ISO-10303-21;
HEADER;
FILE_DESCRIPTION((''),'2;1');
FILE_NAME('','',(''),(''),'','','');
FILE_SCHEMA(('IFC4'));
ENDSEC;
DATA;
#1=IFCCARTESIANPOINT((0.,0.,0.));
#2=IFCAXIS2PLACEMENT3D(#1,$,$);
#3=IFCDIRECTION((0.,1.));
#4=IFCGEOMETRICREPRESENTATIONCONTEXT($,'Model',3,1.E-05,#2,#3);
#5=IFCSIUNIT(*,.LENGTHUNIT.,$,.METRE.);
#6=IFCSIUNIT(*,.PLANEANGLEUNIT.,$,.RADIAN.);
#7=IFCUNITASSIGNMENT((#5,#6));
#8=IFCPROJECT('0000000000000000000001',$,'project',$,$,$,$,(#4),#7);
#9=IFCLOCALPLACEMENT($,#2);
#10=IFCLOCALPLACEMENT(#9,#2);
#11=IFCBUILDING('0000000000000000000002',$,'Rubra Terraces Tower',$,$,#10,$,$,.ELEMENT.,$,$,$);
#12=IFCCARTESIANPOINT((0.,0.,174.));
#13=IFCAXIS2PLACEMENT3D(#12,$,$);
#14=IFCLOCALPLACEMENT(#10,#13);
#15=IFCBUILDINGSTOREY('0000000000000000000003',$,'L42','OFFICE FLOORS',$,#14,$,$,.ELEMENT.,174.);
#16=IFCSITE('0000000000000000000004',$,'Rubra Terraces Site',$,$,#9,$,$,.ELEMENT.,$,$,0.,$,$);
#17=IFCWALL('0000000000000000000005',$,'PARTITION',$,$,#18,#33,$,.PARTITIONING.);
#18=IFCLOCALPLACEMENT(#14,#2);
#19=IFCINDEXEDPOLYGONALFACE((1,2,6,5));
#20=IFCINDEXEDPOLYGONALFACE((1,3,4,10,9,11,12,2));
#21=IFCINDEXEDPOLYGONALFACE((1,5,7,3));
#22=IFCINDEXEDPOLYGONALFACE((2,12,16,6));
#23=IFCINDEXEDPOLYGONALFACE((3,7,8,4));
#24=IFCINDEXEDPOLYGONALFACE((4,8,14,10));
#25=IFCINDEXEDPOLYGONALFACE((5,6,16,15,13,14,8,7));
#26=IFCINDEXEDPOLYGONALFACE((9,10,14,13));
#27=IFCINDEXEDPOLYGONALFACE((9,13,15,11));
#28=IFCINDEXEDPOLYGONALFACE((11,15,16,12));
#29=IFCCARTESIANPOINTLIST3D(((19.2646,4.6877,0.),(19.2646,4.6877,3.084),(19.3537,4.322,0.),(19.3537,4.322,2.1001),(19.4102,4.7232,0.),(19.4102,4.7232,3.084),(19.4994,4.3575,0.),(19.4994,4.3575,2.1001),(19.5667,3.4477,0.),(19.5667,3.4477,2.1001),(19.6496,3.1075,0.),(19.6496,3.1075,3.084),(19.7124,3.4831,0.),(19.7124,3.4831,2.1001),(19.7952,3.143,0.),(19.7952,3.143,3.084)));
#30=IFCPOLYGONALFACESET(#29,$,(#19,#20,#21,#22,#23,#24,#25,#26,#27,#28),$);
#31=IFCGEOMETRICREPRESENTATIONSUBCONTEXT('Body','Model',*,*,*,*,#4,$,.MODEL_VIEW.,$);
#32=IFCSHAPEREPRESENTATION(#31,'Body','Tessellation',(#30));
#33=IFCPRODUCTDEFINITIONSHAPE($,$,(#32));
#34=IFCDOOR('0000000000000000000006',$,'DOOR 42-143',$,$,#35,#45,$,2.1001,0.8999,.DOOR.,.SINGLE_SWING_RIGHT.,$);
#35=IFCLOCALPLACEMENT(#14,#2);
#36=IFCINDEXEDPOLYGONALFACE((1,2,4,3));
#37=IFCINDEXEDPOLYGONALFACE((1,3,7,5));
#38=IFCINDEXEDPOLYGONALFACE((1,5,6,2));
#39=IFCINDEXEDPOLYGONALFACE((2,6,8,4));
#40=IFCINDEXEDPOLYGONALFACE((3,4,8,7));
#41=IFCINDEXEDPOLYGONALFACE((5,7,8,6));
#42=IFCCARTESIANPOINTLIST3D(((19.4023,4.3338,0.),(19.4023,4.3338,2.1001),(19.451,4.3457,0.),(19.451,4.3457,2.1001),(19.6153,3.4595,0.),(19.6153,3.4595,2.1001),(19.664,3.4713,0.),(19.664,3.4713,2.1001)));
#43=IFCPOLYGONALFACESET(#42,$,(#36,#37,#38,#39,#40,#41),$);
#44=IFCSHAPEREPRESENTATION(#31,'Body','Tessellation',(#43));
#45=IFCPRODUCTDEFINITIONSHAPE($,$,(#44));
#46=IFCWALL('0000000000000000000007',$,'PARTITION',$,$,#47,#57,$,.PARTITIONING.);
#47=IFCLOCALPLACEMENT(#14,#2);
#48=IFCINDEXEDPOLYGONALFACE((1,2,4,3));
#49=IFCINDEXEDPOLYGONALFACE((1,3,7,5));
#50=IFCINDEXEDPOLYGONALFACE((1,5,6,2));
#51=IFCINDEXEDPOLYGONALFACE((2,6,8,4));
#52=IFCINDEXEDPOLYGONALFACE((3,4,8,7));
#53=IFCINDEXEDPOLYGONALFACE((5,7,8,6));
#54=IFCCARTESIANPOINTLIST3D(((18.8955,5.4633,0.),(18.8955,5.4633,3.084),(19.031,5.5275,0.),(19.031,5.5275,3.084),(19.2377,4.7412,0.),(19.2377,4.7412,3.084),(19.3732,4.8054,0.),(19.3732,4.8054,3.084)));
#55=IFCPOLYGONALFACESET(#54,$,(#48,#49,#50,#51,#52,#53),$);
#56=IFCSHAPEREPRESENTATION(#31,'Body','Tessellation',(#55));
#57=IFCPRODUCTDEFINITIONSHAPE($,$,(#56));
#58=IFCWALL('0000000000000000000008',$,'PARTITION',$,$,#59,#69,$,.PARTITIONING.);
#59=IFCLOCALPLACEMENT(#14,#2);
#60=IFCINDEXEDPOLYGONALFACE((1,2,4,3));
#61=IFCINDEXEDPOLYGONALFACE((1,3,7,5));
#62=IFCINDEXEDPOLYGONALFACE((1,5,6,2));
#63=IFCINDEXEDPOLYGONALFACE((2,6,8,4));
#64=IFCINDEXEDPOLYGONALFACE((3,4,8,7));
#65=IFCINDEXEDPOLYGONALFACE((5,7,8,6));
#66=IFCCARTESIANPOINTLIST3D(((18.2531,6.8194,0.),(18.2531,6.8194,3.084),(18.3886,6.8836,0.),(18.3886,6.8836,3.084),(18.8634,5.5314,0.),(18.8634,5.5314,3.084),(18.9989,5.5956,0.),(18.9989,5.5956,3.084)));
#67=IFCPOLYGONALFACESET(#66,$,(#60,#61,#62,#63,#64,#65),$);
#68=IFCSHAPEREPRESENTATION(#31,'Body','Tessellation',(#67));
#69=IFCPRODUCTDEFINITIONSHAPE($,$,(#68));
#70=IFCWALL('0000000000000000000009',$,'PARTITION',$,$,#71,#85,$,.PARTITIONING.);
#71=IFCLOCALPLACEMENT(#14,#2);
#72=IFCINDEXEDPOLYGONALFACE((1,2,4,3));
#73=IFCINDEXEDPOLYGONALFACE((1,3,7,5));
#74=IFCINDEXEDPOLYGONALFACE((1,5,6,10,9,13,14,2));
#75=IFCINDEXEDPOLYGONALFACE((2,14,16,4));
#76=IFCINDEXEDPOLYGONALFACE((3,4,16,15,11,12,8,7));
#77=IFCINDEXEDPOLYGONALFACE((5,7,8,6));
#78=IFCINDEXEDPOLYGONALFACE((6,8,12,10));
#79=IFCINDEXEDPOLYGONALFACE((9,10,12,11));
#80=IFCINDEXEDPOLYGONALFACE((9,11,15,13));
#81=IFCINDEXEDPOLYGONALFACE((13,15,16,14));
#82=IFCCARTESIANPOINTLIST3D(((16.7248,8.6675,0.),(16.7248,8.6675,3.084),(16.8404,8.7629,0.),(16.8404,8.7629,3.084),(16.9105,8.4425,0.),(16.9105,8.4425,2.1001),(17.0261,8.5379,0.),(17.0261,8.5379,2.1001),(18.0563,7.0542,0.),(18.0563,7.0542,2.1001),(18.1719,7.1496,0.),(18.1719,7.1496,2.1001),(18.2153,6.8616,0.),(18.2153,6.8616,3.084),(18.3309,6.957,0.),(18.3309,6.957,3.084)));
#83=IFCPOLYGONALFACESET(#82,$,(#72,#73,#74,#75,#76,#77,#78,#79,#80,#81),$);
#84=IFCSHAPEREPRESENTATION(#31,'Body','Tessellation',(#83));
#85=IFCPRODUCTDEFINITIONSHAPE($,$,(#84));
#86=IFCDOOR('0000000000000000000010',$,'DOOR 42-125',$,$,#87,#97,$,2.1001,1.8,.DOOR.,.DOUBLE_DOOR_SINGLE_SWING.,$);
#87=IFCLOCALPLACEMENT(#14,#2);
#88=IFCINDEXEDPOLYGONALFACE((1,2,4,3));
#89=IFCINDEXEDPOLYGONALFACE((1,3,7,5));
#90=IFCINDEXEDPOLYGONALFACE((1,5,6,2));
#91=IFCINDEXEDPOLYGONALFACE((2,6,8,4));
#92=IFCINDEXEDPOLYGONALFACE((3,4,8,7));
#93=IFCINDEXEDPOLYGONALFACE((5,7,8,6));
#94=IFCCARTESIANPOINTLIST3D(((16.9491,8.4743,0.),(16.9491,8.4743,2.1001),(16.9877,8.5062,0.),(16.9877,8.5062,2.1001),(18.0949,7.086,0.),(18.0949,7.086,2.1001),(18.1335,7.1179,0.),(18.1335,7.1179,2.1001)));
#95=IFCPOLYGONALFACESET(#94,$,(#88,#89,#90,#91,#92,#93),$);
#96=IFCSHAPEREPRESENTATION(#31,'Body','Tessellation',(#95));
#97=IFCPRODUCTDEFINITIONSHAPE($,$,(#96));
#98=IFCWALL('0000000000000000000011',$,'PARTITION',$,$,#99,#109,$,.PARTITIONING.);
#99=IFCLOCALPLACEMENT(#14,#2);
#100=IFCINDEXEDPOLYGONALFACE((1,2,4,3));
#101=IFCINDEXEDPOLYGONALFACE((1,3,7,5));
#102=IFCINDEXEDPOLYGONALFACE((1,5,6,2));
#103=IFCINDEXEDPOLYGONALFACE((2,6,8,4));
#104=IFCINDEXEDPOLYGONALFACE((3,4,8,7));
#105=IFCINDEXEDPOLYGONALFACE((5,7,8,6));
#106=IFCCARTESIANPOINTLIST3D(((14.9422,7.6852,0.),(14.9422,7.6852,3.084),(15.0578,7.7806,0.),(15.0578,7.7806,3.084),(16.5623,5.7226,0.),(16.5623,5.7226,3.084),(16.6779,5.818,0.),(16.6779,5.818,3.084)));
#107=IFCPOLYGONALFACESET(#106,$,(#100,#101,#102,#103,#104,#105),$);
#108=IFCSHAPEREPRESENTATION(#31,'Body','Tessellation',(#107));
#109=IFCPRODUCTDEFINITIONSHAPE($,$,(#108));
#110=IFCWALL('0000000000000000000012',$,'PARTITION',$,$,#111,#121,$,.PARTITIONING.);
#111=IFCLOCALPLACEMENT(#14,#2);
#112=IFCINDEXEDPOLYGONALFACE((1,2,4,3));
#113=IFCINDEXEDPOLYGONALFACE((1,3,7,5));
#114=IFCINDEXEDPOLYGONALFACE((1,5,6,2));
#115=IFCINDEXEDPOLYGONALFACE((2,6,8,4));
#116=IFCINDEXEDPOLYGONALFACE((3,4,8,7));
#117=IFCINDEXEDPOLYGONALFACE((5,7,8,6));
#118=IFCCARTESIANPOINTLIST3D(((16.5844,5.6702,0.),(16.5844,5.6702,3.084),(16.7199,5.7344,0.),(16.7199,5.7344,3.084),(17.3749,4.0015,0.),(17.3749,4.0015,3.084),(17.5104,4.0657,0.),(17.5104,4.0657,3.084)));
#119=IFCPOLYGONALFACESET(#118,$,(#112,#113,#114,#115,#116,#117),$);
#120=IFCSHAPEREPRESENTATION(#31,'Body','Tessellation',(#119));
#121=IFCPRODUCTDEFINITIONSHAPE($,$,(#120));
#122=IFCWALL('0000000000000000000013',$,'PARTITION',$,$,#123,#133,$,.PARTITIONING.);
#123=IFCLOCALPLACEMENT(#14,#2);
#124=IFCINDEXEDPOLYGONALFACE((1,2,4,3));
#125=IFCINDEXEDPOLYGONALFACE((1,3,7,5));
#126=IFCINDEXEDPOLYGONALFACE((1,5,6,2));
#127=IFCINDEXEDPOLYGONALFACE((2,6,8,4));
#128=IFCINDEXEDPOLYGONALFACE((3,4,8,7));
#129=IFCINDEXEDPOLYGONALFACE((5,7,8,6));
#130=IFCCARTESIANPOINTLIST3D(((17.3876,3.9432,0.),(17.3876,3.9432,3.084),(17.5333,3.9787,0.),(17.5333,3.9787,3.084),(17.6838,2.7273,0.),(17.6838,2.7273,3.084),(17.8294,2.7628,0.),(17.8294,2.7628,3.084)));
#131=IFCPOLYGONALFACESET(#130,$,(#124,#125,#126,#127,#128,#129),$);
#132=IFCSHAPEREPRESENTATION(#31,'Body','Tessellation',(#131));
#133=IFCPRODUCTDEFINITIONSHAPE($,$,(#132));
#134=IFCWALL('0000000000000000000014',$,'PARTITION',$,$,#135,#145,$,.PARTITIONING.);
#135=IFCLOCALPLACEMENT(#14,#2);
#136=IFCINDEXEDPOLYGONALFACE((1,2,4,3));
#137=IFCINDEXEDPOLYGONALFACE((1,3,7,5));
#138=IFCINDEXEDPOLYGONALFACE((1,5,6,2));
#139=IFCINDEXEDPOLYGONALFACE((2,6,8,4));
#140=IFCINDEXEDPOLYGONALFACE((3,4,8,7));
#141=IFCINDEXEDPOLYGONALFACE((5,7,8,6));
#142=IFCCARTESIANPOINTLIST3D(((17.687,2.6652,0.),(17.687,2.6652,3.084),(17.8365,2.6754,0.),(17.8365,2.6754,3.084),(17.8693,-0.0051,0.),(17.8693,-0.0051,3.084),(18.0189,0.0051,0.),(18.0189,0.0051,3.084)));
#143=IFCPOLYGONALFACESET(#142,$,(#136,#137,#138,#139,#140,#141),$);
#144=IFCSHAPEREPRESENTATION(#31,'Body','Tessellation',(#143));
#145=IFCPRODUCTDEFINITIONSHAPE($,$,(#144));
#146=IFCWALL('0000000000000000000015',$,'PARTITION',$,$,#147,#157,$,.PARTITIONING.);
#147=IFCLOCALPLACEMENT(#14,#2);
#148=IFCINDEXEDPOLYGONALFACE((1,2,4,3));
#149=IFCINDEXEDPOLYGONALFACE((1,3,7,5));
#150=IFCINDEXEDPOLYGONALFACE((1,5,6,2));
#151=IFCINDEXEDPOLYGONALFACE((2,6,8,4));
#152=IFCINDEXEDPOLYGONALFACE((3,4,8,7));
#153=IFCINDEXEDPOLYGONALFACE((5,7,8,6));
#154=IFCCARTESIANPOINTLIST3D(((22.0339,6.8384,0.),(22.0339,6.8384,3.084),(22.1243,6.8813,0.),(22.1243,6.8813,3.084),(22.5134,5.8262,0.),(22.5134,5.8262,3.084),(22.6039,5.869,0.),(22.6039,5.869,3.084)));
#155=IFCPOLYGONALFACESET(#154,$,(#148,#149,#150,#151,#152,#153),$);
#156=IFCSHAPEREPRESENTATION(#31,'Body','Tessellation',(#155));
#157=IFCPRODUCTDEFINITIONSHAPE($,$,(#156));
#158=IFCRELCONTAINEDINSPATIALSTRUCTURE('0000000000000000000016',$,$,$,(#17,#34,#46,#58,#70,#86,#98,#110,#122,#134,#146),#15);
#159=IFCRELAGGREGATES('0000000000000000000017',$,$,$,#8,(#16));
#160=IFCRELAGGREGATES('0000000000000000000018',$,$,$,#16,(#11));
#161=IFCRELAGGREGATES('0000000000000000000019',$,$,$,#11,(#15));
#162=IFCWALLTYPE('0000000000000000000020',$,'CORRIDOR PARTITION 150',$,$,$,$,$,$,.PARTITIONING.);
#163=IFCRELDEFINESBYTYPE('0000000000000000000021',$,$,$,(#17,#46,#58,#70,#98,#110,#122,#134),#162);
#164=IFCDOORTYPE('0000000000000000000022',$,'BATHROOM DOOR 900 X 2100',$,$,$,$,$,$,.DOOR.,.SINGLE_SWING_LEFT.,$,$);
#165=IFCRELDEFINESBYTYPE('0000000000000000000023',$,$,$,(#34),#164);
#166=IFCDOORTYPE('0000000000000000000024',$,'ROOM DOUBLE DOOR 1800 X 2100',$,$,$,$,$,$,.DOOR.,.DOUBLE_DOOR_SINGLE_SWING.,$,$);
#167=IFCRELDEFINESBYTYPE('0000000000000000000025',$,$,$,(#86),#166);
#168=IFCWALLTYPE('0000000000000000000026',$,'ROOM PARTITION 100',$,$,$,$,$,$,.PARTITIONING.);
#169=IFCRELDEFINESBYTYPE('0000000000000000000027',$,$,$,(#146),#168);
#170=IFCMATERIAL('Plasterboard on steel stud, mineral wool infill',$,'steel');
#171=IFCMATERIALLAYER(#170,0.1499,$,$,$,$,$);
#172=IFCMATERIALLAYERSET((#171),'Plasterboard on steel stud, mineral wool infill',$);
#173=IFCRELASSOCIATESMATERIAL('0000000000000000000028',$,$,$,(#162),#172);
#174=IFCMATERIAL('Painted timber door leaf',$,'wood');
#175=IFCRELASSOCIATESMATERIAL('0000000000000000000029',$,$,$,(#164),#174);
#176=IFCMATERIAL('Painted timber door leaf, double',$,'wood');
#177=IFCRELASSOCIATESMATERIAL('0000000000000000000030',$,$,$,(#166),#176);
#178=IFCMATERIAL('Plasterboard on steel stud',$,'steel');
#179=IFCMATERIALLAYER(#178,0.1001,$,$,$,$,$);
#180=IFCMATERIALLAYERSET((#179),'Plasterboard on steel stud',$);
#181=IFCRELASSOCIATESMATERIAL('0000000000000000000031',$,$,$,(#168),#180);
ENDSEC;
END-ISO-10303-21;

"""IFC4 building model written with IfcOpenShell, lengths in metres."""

from ifc_helpers import new_model, si_unit, direction, frame, frame_2d, origin, place, context, subcontext, project, spatial, rectangle, extrude, material, layer, layer_set, type_object, element, fill, save


model = new_model("IFC4")

# Units and contexts
model_context = context("Model", 3, precision=1e-05, world=origin(), true_north=direction((0.0, 1.0)))
body_context = subcontext(model_context, "Body", "Model", "MODEL_VIEW")
ifc_project = project(units=[si_unit("LENGTHUNIT", "METRE"), si_unit("PLANEANGLEUNIT", "RADIAN")], contexts=[model_context])

# Site, building, storey
site_placement = place(None, origin())
site = spatial("IfcSite", under=ifc_project, at=site_placement, Name="Rubra Terraces Site", CompositionType="ELEMENT", RefElevation=0.0)
building_placement = place(site_placement, origin())
building = spatial("IfcBuilding", under=site, at=building_placement, Name="Rubra Terraces Tower", CompositionType="ELEMENT")
storey_placement = place(building_placement, frame((0.0, 0.0, 174.0)))
storey = spatial("IfcBuildingStorey", under=building, at=storey_placement, Name="L42", Description="OFFICE FLOORS", CompositionType="ELEMENT", Elevation=174.0)

# Wall, opening, door
ifc_material_1 = material(Name="Plasterboard on steel stud, mineral wool infill", Category="steel")
ifc_layer_1 = layer(ifc_material_1, 0.1499)
ifc_layer_set_1 = layer_set([ifc_layer_1], Name="Plasterboard on steel stud, mineral wool infill")
wall_type_1 = type_object("IfcWallType", Name="CORRIDOR PARTITION 150", PredefinedType="PARTITIONING", material=ifc_layer_set_1)
wall_1_placement = place(storey_placement, frame((19.7224, 3.1252, 0.0), z_axis=(0.0, 0.0, 1.0), x_axis=(-0.236704, 0.971582, 0.0)))
wall_1 = element("IfcWall", 1, at=wall_1_placement, inside=storey, type_object=wall_type_1, Name="PARTITION", PredefinedType="PARTITIONING", context=body_context, shape_type="SweptSolid", body=[
    extrude(rectangle(XDim=1.6265, YDim=0.1499, at=frame_2d((0.8132, 0.0))), origin(), (0.0, 0.0, 1.0), 3.084),
])
opening_1_placement = place(wall_1_placement, frame((0.3501, 0.0, 0.0)))
opening_1 = element("IfcOpeningElement", 2, at=opening_1_placement, cuts=wall_1, PredefinedType="OPENING", context=body_context, shape_type="SweptSolid", body=[
    extrude(rectangle(XDim=0.8999, YDim=2.1001, at=frame_2d((0.45, 1.05))), frame((0.0, 0.085, 0.0), z_axis=(0.0, -1.0, 0.0), x_axis=(1.0, 0.0, 0.0)), (0.0, 0.0, 1.0), 0.1699),
])
ifc_material_2 = material(Name="Painted timber door leaf", Category="wood")
door_type_1 = type_object("IfcDoorType", Name="BATHROOM DOOR 900 X 2100", OperationType="SINGLE_SWING_LEFT", PredefinedType="DOOR", material=ifc_material_2)
door_1_placement = place(opening_1_placement, origin())
door_1 = element("IfcDoor", 3, at=door_1_placement, inside=storey, type_object=door_type_1, Name="DOOR 42-143", OperationType="SINGLE_SWING_RIGHT", OverallHeight=2.1001, OverallWidth=0.8999, PredefinedType="DOOR", context=body_context, shape_type="SweptSolid", body=[
    extrude(rectangle(XDim=0.8999, YDim=2.1001, at=frame_2d((0.45, 1.05))), frame((0.0, 0.0249, 0.0), z_axis=(0.0, -1.0, 0.0), x_axis=(1.0, 0.0, 0.0)), (0.0, 0.0, 1.0), 0.05),
])
fill(opening_1, door_1)

# Walls
wall_2_placement = place(storey_placement, frame((19.3054, 4.7734, 0.0), z_axis=(0.0, 0.0, 1.0), x_axis=(-0.428296, 0.903638, 0.0)))
element("IfcWall", 4, at=wall_2_placement, inside=storey, type_object=wall_type_1, Name="PARTITION", PredefinedType="PARTITIONING", context=body_context, shape_type="SweptSolid", body=[
    extrude(rectangle(XDim=0.7991, YDim=0.1499, at=frame_2d((0.3994, 0.0))), origin(), (0.0, 0.0, 1.0), 3.084),
])
wall_3_placement = place(storey_placement, frame((18.9312, 5.5635, 0.0), z_axis=(0.0, 0.0, 1.0), x_axis=(-0.428204, 0.903682, 0.0)))
element("IfcWall", 5, at=wall_3_placement, inside=storey, type_object=wall_type_1, Name="PARTITION", PredefinedType="PARTITIONING", context=body_context, shape_type="SweptSolid", body=[
    extrude(rectangle(XDim=1.4253, YDim=0.1499, at=frame_2d((0.7126, 0.0))), origin(), (0.0, 0.0, 1.0), 3.084),
])

# Wall, opening, door
wall_4_placement = place(storey_placement, frame((18.2732, 6.9092, 0.0), z_axis=(0.0, 0.0, 1.0), x_axis=(-0.636536, 0.771247, 0.0)))
wall_4 = element("IfcWall", 6, at=wall_4_placement, inside=storey, type_object=wall_type_1, Name="PARTITION", PredefinedType="PARTITIONING", context=body_context, shape_type="SweptSolid", body=[
    extrude(rectangle(XDim=2.3416, YDim=0.1499, at=frame_2d((1.1709, 0.0))), origin(), (0.0, 0.0, 1.0), 3.084),
])
opening_2_placement = place(wall_4_placement, frame((0.25, 0.0, 0.0)))
opening_2 = element("IfcOpeningElement", 7, at=opening_2_placement, cuts=wall_4, PredefinedType="OPENING", context=body_context, shape_type="SweptSolid", body=[
    extrude(rectangle(XDim=1.8, YDim=2.1001, at=frame_2d((0.8999, 1.05))), frame((0.0, 0.085, 0.0), z_axis=(0.0, -1.0, 0.0), x_axis=(1.0, 0.0, 0.0)), (0.0, 0.0, 1.0), 0.1699),
])
ifc_material_3 = material(Name="Painted timber door leaf, double", Category="wood")
door_type_2 = type_object("IfcDoorType", Name="ROOM DOUBLE DOOR 1800 X 2100", OperationType="DOUBLE_DOOR_SINGLE_SWING", PredefinedType="DOOR", material=ifc_material_3)
door_2_placement = place(opening_2_placement, origin())
door_2 = element("IfcDoor", 8, at=door_2_placement, inside=storey, type_object=door_type_2, Name="DOOR 42-125", OperationType="DOUBLE_DOOR_SINGLE_SWING", OverallHeight=2.1001, OverallWidth=1.8, PredefinedType="DOOR", context=body_context, shape_type="SweptSolid", body=[
    extrude(rectangle(XDim=1.8, YDim=2.1001, at=frame_2d((0.8999, 1.05))), frame((0.0, 0.0249, 0.0), z_axis=(0.0, -1.0, 0.0), x_axis=(1.0, 0.0, 0.0)), (0.0, 0.0, 1.0), 0.05),
])
fill(opening_2, door_2)

# Walls
wall_5_placement = place(storey_placement, frame((15.0, 7.7329, 0.0), z_axis=(0.0, 0.0, 1.0), x_axis=(0.636601, -0.771193, 0.0)))
element("IfcWall", 9, at=wall_5_placement, inside=storey, type_object=wall_type_1, Name="PARTITION", PredefinedType="PARTITIONING", context=body_context, shape_type="SweptSolid", body=[
    extrude(rectangle(XDim=2.5449, YDim=0.1499, at=frame_2d((1.2725, 0.0))), origin(), (0.0, 0.0, 1.0), 3.084),
])
wall_6_placement = place(storey_placement, frame((16.6521, 5.7024, 0.0), z_axis=(0.0, 0.0, 1.0), x_axis=(0.428126, -0.903719, 0.0)))
element("IfcWall", 10, at=wall_6_placement, inside=storey, type_object=wall_type_1, Name="PARTITION", PredefinedType="PARTITIONING", context=body_context, shape_type="SweptSolid", body=[
    extrude(rectangle(XDim=1.8464, YDim=0.1499, at=frame_2d((0.9233, 0.0))), origin(), (0.0, 0.0, 1.0), 3.084),
])
wall_7_placement = place(storey_placement, frame((17.4604, 3.9609, 0.0), z_axis=(0.0, 0.0, 1.0), x_axis=(0.236655, -0.971594, 0.0)))
element("IfcWall", 11, at=wall_7_placement, inside=storey, type_object=wall_type_1, Name="PARTITION", PredefinedType="PARTITIONING", context=body_context, shape_type="SweptSolid", body=[
    extrude(rectangle(XDim=1.2515, YDim=0.1499, at=frame_2d((0.6257, 0.0))), origin(), (0.0, 0.0, 1.0), 3.084),
])
wall_8_placement = place(storey_placement, frame((17.7617, 2.6704, 0.0), z_axis=(0.0, 0.0, 1.0), x_axis=(0.068135, -0.997676, 0.0)))
element("IfcWall", 12, at=wall_8_placement, inside=storey, type_object=wall_type_1, Name="PARTITION", PredefinedType="PARTITIONING", context=body_context, shape_type="SweptSolid", body=[
    extrude(rectangle(XDim=2.6765, YDim=0.1499, at=frame_2d((1.3384, 0.0))), origin(), (0.0, 0.0, 1.0), 3.084),
])
ifc_material_4 = material(Name="Plasterboard on steel stud", Category="steel")
ifc_layer_2 = layer(ifc_material_4, 0.1001)
ifc_layer_set_2 = layer_set([ifc_layer_2], Name="Plasterboard on steel stud")
wall_type_2 = type_object("IfcWallType", Name="ROOM PARTITION 100", PredefinedType="PARTITIONING", material=ifc_layer_set_2)
wall_9_placement = place(storey_placement, frame((22.0791, 6.8599, 0.0), z_axis=(0.0, 0.0, 1.0), x_axis=(0.428105, -0.903729, 0.0)))
element("IfcWall", 13, at=wall_9_placement, inside=storey, type_object=wall_type_2, Name="PARTITION", PredefinedType="PARTITIONING", context=body_context, shape_type="SweptSolid", body=[
    extrude(rectangle(XDim=1.1201, YDim=0.1001, at=frame_2d((0.5601, 0.0))), origin(), (0.0, 0.0, 1.0), 3.084),
])

save(model, "model.ifc")
